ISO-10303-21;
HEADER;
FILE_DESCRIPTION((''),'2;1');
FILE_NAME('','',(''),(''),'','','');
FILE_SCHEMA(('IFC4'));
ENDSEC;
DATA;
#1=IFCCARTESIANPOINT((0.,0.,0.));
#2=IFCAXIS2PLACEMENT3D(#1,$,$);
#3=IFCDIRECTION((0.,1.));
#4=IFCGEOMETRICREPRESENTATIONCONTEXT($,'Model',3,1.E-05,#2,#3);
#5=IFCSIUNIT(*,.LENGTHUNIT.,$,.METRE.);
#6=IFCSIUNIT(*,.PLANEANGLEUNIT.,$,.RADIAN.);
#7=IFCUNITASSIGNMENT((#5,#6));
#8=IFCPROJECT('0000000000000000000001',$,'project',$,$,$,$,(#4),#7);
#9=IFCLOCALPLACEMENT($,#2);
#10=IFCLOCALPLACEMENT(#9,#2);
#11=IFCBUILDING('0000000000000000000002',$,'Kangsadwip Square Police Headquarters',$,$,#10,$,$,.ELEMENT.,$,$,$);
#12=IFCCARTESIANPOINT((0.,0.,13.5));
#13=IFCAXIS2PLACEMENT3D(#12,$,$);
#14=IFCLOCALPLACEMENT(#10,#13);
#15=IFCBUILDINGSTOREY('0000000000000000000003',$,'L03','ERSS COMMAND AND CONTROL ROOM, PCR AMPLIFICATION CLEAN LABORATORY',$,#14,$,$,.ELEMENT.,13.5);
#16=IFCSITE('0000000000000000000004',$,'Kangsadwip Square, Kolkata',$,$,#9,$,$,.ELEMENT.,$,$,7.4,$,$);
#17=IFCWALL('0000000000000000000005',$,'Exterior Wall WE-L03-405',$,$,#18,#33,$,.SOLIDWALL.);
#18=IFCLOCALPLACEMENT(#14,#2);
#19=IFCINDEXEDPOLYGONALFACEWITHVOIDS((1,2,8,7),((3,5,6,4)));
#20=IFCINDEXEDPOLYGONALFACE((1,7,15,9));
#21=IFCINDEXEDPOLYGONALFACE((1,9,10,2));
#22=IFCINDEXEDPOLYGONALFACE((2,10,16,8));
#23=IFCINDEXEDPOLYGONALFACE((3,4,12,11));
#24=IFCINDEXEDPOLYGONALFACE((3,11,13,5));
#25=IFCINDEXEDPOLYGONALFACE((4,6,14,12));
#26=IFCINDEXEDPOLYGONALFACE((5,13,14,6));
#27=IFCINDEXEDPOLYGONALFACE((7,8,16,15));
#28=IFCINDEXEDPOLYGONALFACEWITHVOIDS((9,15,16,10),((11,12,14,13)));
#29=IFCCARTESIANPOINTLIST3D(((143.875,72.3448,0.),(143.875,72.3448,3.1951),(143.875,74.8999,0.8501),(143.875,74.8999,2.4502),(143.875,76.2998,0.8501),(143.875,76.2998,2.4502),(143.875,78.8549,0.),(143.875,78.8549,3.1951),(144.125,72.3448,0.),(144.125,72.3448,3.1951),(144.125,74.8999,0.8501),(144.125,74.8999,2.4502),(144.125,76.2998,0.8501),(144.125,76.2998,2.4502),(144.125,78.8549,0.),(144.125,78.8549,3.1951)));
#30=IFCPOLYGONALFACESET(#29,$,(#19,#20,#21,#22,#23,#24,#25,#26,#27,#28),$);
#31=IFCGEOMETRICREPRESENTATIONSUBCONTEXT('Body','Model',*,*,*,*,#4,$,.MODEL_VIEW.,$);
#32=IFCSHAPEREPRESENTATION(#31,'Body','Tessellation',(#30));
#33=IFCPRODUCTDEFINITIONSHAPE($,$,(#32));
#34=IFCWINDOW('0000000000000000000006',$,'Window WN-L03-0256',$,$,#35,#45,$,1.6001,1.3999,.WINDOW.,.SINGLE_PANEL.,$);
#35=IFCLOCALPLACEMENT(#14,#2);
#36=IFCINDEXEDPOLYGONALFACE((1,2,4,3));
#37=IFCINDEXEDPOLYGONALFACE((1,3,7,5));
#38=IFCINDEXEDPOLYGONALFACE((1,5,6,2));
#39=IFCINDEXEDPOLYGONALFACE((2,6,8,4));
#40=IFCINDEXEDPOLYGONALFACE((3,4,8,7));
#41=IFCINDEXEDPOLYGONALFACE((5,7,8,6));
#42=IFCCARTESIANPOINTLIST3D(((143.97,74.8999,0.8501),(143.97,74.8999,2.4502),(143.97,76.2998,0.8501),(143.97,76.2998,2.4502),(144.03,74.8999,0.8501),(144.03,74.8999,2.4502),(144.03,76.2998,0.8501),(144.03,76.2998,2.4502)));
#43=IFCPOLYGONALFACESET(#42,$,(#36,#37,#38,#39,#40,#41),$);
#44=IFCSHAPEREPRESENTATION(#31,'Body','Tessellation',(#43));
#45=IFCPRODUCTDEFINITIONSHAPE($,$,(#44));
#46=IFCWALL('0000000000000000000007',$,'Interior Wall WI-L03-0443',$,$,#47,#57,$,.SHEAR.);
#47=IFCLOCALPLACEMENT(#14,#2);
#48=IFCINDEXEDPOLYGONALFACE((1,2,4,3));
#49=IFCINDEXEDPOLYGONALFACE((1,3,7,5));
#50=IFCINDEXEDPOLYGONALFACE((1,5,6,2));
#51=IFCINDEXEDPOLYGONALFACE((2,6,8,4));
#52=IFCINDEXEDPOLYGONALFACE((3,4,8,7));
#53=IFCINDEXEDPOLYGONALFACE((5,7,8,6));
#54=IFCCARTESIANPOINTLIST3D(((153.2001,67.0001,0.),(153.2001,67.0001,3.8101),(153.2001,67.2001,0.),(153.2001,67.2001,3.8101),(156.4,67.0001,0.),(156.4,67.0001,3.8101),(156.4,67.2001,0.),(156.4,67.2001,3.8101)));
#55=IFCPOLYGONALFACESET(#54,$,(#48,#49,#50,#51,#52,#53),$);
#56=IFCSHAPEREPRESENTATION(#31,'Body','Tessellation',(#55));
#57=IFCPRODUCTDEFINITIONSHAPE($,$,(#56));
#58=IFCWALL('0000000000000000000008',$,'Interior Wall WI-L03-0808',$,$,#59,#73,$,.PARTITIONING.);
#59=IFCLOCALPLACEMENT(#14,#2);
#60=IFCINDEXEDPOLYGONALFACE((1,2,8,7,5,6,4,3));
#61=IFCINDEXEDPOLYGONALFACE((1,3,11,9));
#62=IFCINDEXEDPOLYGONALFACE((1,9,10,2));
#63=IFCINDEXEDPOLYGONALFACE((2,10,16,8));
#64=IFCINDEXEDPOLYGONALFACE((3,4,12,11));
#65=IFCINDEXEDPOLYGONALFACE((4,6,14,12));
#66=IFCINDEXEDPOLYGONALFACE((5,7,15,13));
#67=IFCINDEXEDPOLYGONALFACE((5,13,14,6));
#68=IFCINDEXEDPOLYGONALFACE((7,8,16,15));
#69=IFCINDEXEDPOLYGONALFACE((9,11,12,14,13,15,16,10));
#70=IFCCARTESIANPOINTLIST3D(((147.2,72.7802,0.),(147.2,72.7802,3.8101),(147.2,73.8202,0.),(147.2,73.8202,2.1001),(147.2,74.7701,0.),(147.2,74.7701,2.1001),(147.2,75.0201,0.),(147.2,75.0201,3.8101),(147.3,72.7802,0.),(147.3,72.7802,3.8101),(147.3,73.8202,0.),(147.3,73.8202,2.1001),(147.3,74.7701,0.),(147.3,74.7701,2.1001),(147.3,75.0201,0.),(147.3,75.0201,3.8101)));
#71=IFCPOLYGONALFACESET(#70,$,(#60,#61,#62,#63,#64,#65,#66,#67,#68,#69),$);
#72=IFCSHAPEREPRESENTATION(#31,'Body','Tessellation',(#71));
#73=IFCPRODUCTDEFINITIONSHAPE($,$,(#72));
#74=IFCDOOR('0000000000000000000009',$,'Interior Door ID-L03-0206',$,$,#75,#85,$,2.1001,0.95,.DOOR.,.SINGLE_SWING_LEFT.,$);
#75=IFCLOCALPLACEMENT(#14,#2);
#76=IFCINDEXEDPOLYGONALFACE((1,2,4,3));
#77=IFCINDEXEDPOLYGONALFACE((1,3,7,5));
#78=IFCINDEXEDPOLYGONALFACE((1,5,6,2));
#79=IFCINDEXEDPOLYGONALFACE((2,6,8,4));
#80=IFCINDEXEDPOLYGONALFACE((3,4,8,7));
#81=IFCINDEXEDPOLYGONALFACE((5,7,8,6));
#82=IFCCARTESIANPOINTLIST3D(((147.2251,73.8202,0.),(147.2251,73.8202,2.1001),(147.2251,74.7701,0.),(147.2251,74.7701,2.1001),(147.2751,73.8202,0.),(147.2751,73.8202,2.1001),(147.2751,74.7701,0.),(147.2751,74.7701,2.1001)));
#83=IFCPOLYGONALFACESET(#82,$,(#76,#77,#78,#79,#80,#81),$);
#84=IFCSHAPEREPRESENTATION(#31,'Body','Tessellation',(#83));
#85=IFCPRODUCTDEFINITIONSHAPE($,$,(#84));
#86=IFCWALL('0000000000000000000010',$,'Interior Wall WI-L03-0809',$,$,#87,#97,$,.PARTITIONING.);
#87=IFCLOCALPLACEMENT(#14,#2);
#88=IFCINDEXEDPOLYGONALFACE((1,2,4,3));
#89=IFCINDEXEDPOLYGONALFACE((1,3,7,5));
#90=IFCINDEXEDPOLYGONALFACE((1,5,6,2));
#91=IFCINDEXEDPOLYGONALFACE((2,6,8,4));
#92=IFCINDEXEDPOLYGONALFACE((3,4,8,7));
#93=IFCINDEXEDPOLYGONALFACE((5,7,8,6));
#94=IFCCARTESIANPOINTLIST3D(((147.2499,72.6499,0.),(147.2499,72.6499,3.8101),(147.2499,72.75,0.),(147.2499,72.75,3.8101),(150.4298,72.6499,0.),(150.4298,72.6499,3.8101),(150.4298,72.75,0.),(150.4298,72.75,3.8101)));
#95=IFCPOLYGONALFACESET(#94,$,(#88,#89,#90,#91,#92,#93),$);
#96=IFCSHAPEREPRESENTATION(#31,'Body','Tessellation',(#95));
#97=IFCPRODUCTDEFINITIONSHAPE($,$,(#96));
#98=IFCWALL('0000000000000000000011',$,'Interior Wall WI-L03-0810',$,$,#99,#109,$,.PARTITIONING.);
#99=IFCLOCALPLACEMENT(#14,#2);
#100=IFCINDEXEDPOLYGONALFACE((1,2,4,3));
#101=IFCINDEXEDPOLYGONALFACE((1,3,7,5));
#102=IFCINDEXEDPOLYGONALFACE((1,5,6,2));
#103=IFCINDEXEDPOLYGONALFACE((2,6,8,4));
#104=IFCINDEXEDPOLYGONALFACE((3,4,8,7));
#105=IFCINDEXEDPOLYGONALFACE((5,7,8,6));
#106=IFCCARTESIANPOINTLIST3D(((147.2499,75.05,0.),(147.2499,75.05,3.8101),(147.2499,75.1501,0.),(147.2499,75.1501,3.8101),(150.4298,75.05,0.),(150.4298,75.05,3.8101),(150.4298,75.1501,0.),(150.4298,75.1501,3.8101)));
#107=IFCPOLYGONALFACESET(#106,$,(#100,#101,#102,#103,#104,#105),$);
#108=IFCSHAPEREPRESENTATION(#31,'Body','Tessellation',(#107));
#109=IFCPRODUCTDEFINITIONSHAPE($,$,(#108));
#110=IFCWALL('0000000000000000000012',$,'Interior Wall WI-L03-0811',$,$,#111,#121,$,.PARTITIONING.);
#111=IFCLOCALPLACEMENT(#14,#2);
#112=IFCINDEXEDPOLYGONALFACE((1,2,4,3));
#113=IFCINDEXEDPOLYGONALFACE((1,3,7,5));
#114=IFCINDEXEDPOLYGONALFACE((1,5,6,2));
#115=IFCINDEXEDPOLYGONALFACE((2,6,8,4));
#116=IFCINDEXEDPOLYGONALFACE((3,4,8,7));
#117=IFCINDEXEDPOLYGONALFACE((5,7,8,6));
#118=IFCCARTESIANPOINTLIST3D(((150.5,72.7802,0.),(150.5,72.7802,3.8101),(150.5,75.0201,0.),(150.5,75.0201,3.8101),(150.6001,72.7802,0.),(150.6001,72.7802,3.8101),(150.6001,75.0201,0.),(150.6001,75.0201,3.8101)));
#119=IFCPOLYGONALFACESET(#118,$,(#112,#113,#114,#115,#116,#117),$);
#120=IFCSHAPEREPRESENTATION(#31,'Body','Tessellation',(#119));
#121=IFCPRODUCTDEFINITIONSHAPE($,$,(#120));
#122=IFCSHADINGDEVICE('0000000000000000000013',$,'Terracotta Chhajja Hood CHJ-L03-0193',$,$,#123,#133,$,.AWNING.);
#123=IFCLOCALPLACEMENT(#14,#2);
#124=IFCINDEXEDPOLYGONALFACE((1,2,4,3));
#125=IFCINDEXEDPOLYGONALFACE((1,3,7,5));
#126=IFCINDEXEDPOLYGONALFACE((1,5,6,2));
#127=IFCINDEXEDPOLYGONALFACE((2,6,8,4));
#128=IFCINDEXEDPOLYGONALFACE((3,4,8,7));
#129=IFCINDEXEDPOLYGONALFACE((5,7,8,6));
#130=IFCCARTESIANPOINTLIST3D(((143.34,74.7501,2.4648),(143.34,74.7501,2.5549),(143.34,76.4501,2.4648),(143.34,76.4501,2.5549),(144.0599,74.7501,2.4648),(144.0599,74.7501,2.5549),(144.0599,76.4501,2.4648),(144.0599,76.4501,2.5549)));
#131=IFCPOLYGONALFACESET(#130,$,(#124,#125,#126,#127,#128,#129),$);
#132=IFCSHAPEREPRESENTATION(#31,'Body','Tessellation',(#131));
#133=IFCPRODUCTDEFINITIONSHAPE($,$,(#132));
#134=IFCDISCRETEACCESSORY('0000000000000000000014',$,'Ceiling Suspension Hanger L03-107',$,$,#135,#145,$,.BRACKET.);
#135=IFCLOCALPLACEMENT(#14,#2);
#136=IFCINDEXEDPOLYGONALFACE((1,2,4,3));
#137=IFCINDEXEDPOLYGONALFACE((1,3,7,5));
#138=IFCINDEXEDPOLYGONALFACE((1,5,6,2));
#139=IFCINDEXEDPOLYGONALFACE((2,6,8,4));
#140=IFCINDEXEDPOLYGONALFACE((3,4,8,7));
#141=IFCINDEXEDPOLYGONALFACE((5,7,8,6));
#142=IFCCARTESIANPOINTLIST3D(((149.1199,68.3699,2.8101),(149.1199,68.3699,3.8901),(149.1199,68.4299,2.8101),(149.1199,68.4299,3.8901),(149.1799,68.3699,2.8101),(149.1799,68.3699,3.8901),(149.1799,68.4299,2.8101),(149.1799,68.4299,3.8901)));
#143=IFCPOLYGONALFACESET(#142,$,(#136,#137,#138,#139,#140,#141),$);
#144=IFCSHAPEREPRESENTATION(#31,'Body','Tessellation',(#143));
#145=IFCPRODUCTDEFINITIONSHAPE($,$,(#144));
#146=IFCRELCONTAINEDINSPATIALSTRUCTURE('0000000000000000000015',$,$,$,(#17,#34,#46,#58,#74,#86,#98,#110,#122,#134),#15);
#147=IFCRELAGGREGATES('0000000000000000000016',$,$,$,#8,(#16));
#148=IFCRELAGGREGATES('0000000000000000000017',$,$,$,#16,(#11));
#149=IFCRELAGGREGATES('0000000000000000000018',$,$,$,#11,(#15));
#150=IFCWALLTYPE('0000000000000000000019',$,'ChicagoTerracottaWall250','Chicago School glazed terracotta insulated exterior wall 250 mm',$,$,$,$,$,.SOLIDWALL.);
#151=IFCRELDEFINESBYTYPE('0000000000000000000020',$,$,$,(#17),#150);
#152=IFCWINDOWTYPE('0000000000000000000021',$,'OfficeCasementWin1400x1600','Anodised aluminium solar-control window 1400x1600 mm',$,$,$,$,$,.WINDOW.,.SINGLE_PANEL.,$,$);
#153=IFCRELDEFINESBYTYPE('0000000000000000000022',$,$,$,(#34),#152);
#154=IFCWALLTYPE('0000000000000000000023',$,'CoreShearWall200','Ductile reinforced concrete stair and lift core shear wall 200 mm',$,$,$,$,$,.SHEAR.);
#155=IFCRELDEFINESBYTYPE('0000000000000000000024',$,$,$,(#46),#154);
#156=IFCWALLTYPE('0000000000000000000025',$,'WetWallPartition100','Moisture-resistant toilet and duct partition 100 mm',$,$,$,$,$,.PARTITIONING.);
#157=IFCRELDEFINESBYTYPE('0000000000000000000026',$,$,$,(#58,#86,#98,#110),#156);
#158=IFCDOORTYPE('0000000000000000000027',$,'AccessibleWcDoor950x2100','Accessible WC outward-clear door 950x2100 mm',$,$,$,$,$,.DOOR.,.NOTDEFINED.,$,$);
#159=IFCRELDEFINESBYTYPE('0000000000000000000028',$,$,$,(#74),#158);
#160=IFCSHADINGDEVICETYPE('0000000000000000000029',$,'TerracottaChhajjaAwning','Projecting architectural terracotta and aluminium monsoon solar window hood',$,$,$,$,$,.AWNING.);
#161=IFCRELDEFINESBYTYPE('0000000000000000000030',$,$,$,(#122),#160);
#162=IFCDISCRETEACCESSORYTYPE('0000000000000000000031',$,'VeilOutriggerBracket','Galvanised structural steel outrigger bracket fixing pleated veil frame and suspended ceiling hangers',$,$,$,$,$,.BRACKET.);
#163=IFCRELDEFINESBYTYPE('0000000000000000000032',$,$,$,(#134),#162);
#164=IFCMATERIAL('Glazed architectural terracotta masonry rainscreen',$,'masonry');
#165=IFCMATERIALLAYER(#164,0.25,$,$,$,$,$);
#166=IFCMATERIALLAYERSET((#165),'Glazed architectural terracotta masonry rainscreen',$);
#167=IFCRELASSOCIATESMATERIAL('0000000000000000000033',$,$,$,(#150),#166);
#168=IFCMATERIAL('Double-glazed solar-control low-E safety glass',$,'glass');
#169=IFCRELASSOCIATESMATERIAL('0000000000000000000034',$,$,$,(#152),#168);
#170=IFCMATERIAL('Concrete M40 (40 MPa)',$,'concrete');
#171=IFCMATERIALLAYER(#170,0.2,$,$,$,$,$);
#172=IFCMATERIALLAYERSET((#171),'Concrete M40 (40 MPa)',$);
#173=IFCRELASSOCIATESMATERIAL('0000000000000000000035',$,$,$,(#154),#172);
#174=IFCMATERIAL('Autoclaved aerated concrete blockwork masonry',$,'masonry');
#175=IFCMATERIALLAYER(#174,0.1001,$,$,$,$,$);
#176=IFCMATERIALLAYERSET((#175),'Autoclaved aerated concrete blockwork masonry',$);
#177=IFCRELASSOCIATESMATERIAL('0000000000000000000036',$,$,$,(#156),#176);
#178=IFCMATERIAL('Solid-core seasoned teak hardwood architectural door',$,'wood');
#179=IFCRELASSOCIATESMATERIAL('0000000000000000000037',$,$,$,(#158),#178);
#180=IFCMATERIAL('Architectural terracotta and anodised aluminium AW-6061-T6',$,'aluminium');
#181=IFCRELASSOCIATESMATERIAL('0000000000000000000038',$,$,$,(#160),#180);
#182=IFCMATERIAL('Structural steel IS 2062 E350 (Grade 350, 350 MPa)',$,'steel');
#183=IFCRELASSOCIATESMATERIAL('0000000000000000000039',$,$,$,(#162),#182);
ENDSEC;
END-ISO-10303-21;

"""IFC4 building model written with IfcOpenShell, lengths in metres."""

from ifc_helpers import new_model, si_unit, direction, frame, frame_2d, origin, origin_2d, place, context, subcontext, project, spatial, rectangle, extrude, material, layer, layer_set, type_object, element, fill, save


model = new_model("IFC4")

# Units and contexts
model_context = context("Model", 3, precision=1e-05, world=origin(), true_north=direction((0.0, 1.0)))
body_context = subcontext(model_context, "Body", "Model", "MODEL_VIEW")
ifc_project = project(units=[si_unit("LENGTHUNIT", "METRE"), si_unit("PLANEANGLEUNIT", "RADIAN")], contexts=[model_context])

# Site, building, storey
site_placement = place(None, origin())
site = spatial("IfcSite", under=ifc_project, at=site_placement, Name="Kangsadwip Square, Kolkata", CompositionType="ELEMENT", RefElevation=7.4)
building_placement = place(site_placement, origin())
building = spatial("IfcBuilding", under=site, at=building_placement, Name="Kangsadwip Square Police Headquarters", CompositionType="ELEMENT")
storey_placement = place(building_placement, frame((0.0, 0.0, 13.5)))
storey = spatial("IfcBuildingStorey", under=building, at=storey_placement, Name="L03", Description="ERSS COMMAND AND CONTROL ROOM, PCR AMPLIFICATION CLEAN LABORATORY", CompositionType="ELEMENT", Elevation=13.5)

# Wall, opening, window
ifc_material_1 = material(Name="Glazed architectural terracotta masonry rainscreen", Category="masonry")
ifc_layer_1 = layer(ifc_material_1, 0.25)
ifc_layer_set_1 = layer_set([ifc_layer_1], Name="Glazed architectural terracotta masonry rainscreen")
wall_type_1 = type_object("IfcWallType", Name="ChicagoTerracottaWall250", Description="Chicago School glazed terracotta insulated exterior wall 250 mm", PredefinedType="SOLIDWALL", material=ifc_layer_set_1)
wall_1_placement = place(storey_placement, frame((144.0, 72.345, 0.0), z_axis=(0.0, 0.0, 1.0), x_axis=(0.0, 1.0, 0.0)))
wall_1 = element("IfcWall", 1, at=wall_1_placement, inside=storey, type_object=wall_type_1, Name="Exterior Wall WE-L03-405", PredefinedType="SOLIDWALL", context=body_context, shape_type="SweptSolid", body=[
    extrude(rectangle(XDim=6.51, YDim=0.25, at=frame_2d((3.2549, 0.0))), origin(), (0.0, 0.0, 1.0), 3.1951),
])
opening_1_placement = place(wall_1_placement, frame((2.5549, 0.0, 0.8501)))
opening_1 = element("IfcOpeningElement", 2, at=opening_1_placement, cuts=wall_1, PredefinedType="OPENING", context=body_context, shape_type="SweptSolid", body=[
    extrude(rectangle(XDim=1.3999, YDim=1.6001, at=frame_2d((0.7, 0.8))), frame((0.0, 0.135, 0.0), z_axis=(0.0, -1.0, 0.0), x_axis=(1.0, 0.0, 0.0)), (0.0, 0.0, 1.0), 0.27),
])
ifc_material_2 = material(Name="Double-glazed solar-control low-E safety glass", Category="glass")
window_type = type_object("IfcWindowType", Name="OfficeCasementWin1400x1600", Description="Anodised aluminium solar-control window 1400x1600 mm", PartitioningType="SINGLE_PANEL", PredefinedType="WINDOW", material=ifc_material_2)
window_placement = place(opening_1_placement, origin())
window = element("IfcWindow", 3, at=window_placement, inside=storey, type_object=window_type, Name="Window WN-L03-0256", OverallHeight=1.6001, OverallWidth=1.3999, PartitioningType="SINGLE_PANEL", PredefinedType="WINDOW", context=body_context, shape_type="SweptSolid", body=[
    extrude(rectangle(XDim=1.3999, YDim=1.6001, at=frame_2d((0.7, 0.8))), frame((0.0, 0.03, 0.0), z_axis=(0.0, -1.0, 0.0), x_axis=(1.0, 0.0, 0.0)), (0.0, 0.0, 1.0), 0.0601),
])
fill(opening_1, window)

# Wall
ifc_material_3 = material(Name="Concrete M40 (40 MPa)", Category="concrete")
ifc_layer_2 = layer(ifc_material_3, 0.2)
ifc_layer_set_2 = layer_set([ifc_layer_2], Name="Concrete M40 (40 MPa)")
wall_type_2 = type_object("IfcWallType", Name="CoreShearWall200", Description="Ductile reinforced concrete stair and lift core shear wall 200 mm", PredefinedType="SHEAR", material=ifc_layer_set_2)
wall_2_placement = place(storey_placement, frame((153.2, 67.1001, 0.0), z_axis=(0.0, 0.0, 1.0), x_axis=(1.0, 0.0, 0.0)))
element("IfcWall", 4, at=wall_2_placement, inside=storey, type_object=wall_type_2, Name="Interior Wall WI-L03-0443", PredefinedType="SHEAR", context=body_context, shape_type="SweptSolid", body=[
    extrude(rectangle(XDim=3.2, YDim=0.2, at=frame_2d((1.6001, 0.0))), origin(), (0.0, 0.0, 1.0), 3.8101),
])

# Wall, opening, door
ifc_material_4 = material(Name="Autoclaved aerated concrete blockwork masonry", Category="masonry")
ifc_layer_3 = layer(ifc_material_4, 0.1001)
ifc_layer_set_3 = layer_set([ifc_layer_3], Name="Autoclaved aerated concrete blockwork masonry")
wall_type_3 = type_object("IfcWallType", Name="WetWallPartition100", Description="Moisture-resistant toilet and duct partition 100 mm", PredefinedType="PARTITIONING", material=ifc_layer_set_3)
wall_3_placement = place(storey_placement, frame((147.25, 72.78, 0.0), z_axis=(0.0, 0.0, 1.0), x_axis=(0.0, 1.0, 0.0)))
wall_3 = element("IfcWall", 5, at=wall_3_placement, inside=storey, type_object=wall_type_3, Name="Interior Wall WI-L03-0808", PredefinedType="PARTITIONING", context=body_context, shape_type="SweptSolid", body=[
    extrude(rectangle(XDim=2.24, YDim=0.1001, at=frame_2d((1.1201, 0.0))), origin(), (0.0, 0.0, 1.0), 3.8101),
])
opening_2_placement = place(wall_3_placement, frame((1.04, 0.0, 0.0)))
opening_2 = element("IfcOpeningElement", 6, at=opening_2_placement, cuts=wall_3, PredefinedType="OPENING", context=body_context, shape_type="SweptSolid", body=[
    extrude(rectangle(XDim=0.95, YDim=2.1001, at=frame_2d((0.4751, 1.05))), frame((0.0, 0.0601, 0.0), z_axis=(0.0, -1.0, 0.0), x_axis=(1.0, 0.0, 0.0)), (0.0, 0.0, 1.0), 0.1201),
])
ifc_material_5 = material(Name="Solid-core seasoned teak hardwood architectural door", Category="wood")
door_type = type_object("IfcDoorType", Name="AccessibleWcDoor950x2100", Description="Accessible WC outward-clear door 950x2100 mm", OperationType="NOTDEFINED", PredefinedType="DOOR", material=ifc_material_5)
door_placement = place(opening_2_placement, origin())
door = element("IfcDoor", 7, at=door_placement, inside=storey, type_object=door_type, Name="Interior Door ID-L03-0206", OperationType="SINGLE_SWING_LEFT", OverallHeight=2.1001, OverallWidth=0.95, PredefinedType="DOOR", context=body_context, shape_type="SweptSolid", body=[
    extrude(rectangle(XDim=0.95, YDim=2.1001, at=frame_2d((0.4751, 1.05))), frame((0.0, 0.0249, 0.0), z_axis=(0.0, -1.0, 0.0), x_axis=(1.0, 0.0, 0.0)), (0.0, 0.0, 1.0), 0.05),
])
fill(opening_2, door)

# Walls
for number, where, z_axis, x_axis, name in (
    (8, (147.25, 72.7, 0.0), (0.0, 0.0, 1.0), (1.0, 0.0, 0.0), "Interior Wall WI-L03-0809"),
    (9, (147.25, 75.1001, 0.0), (0.0, 0.0, 1.0), (1.0, 0.0, 0.0), "Interior Wall WI-L03-0810"),
):
    element("IfcWall", number, at=place(storey_placement, frame(where, z_axis=z_axis, x_axis=x_axis)), inside=storey, type_object=wall_type_3, Name=name, PredefinedType="PARTITIONING", context=body_context, shape_type="SweptSolid", body=[
        extrude(rectangle(XDim=3.1799, YDim=0.1001, at=frame_2d((1.5898, 0.0))), origin(), (0.0, 0.0, 1.0), 3.8101),
    ])
wall_4_placement = place(storey_placement, frame((150.55, 72.78, 0.0), z_axis=(0.0, 0.0, 1.0), x_axis=(0.0, 1.0, 0.0)))
element("IfcWall", 10, at=wall_4_placement, inside=storey, type_object=wall_type_3, Name="Interior Wall WI-L03-0811", PredefinedType="PARTITIONING", context=body_context, shape_type="SweptSolid", body=[
    extrude(rectangle(XDim=2.24, YDim=0.1001, at=frame_2d((1.1201, 0.0))), origin(), (0.0, 0.0, 1.0), 3.8101),
])

# Shading device
ifc_material_6 = material(Name="Architectural terracotta and anodised aluminium AW-6061-T6", Category="aluminium")
shading_device_type = type_object("IfcShadingDeviceType", Name="TerracottaChhajjaAwning", Description="Projecting architectural terracotta and aluminium monsoon solar window hood", PredefinedType="AWNING", material=ifc_material_6)
shading_device_placement = place(storey_placement, frame((143.7, 75.6001, 2.4648), z_axis=(0.0, 0.0, 1.0), x_axis=(0.0, 1.0, 0.0)))
element("IfcShadingDevice", 11, at=shading_device_placement, inside=storey, type_object=shading_device_type, Name="Terracotta Chhajja Hood CHJ-L03-0193", PredefinedType="AWNING", context=body_context, shape_type="SweptSolid", body=[
    extrude(rectangle(XDim=1.7, YDim=0.72, at=origin_2d()), origin(), (0.0, 0.0, 1.0), 0.0901),
])

# Discrete accessory
ifc_material_7 = material(Name="Structural steel IS 2062 E350 (Grade 350, 350 MPa)", Category="steel")
discrete_accessory_type = type_object("IfcDiscreteAccessoryType", Name="VeilOutriggerBracket", Description="Galvanised structural steel outrigger bracket fixing pleated veil frame and suspended ceiling hangers", PredefinedType="BRACKET", material=ifc_material_7)
discrete_accessory_placement = place(storey_placement, frame((149.1499, 68.3999, 2.8101), z_axis=(0.0, 0.0, 1.0), x_axis=(1.0, 0.0, 0.0)))
element("IfcDiscreteAccessory", 12, at=discrete_accessory_placement, inside=storey, type_object=discrete_accessory_type, Name="Ceiling Suspension Hanger L03-107", PredefinedType="BRACKET", context=body_context, shape_type="SweptSolid", body=[
    extrude(rectangle(XDim=0.0601, YDim=0.0601, at=origin_2d()), origin(), (0.0, 0.0, 1.0), 1.0801),
])

save(model, "model.ifc")
